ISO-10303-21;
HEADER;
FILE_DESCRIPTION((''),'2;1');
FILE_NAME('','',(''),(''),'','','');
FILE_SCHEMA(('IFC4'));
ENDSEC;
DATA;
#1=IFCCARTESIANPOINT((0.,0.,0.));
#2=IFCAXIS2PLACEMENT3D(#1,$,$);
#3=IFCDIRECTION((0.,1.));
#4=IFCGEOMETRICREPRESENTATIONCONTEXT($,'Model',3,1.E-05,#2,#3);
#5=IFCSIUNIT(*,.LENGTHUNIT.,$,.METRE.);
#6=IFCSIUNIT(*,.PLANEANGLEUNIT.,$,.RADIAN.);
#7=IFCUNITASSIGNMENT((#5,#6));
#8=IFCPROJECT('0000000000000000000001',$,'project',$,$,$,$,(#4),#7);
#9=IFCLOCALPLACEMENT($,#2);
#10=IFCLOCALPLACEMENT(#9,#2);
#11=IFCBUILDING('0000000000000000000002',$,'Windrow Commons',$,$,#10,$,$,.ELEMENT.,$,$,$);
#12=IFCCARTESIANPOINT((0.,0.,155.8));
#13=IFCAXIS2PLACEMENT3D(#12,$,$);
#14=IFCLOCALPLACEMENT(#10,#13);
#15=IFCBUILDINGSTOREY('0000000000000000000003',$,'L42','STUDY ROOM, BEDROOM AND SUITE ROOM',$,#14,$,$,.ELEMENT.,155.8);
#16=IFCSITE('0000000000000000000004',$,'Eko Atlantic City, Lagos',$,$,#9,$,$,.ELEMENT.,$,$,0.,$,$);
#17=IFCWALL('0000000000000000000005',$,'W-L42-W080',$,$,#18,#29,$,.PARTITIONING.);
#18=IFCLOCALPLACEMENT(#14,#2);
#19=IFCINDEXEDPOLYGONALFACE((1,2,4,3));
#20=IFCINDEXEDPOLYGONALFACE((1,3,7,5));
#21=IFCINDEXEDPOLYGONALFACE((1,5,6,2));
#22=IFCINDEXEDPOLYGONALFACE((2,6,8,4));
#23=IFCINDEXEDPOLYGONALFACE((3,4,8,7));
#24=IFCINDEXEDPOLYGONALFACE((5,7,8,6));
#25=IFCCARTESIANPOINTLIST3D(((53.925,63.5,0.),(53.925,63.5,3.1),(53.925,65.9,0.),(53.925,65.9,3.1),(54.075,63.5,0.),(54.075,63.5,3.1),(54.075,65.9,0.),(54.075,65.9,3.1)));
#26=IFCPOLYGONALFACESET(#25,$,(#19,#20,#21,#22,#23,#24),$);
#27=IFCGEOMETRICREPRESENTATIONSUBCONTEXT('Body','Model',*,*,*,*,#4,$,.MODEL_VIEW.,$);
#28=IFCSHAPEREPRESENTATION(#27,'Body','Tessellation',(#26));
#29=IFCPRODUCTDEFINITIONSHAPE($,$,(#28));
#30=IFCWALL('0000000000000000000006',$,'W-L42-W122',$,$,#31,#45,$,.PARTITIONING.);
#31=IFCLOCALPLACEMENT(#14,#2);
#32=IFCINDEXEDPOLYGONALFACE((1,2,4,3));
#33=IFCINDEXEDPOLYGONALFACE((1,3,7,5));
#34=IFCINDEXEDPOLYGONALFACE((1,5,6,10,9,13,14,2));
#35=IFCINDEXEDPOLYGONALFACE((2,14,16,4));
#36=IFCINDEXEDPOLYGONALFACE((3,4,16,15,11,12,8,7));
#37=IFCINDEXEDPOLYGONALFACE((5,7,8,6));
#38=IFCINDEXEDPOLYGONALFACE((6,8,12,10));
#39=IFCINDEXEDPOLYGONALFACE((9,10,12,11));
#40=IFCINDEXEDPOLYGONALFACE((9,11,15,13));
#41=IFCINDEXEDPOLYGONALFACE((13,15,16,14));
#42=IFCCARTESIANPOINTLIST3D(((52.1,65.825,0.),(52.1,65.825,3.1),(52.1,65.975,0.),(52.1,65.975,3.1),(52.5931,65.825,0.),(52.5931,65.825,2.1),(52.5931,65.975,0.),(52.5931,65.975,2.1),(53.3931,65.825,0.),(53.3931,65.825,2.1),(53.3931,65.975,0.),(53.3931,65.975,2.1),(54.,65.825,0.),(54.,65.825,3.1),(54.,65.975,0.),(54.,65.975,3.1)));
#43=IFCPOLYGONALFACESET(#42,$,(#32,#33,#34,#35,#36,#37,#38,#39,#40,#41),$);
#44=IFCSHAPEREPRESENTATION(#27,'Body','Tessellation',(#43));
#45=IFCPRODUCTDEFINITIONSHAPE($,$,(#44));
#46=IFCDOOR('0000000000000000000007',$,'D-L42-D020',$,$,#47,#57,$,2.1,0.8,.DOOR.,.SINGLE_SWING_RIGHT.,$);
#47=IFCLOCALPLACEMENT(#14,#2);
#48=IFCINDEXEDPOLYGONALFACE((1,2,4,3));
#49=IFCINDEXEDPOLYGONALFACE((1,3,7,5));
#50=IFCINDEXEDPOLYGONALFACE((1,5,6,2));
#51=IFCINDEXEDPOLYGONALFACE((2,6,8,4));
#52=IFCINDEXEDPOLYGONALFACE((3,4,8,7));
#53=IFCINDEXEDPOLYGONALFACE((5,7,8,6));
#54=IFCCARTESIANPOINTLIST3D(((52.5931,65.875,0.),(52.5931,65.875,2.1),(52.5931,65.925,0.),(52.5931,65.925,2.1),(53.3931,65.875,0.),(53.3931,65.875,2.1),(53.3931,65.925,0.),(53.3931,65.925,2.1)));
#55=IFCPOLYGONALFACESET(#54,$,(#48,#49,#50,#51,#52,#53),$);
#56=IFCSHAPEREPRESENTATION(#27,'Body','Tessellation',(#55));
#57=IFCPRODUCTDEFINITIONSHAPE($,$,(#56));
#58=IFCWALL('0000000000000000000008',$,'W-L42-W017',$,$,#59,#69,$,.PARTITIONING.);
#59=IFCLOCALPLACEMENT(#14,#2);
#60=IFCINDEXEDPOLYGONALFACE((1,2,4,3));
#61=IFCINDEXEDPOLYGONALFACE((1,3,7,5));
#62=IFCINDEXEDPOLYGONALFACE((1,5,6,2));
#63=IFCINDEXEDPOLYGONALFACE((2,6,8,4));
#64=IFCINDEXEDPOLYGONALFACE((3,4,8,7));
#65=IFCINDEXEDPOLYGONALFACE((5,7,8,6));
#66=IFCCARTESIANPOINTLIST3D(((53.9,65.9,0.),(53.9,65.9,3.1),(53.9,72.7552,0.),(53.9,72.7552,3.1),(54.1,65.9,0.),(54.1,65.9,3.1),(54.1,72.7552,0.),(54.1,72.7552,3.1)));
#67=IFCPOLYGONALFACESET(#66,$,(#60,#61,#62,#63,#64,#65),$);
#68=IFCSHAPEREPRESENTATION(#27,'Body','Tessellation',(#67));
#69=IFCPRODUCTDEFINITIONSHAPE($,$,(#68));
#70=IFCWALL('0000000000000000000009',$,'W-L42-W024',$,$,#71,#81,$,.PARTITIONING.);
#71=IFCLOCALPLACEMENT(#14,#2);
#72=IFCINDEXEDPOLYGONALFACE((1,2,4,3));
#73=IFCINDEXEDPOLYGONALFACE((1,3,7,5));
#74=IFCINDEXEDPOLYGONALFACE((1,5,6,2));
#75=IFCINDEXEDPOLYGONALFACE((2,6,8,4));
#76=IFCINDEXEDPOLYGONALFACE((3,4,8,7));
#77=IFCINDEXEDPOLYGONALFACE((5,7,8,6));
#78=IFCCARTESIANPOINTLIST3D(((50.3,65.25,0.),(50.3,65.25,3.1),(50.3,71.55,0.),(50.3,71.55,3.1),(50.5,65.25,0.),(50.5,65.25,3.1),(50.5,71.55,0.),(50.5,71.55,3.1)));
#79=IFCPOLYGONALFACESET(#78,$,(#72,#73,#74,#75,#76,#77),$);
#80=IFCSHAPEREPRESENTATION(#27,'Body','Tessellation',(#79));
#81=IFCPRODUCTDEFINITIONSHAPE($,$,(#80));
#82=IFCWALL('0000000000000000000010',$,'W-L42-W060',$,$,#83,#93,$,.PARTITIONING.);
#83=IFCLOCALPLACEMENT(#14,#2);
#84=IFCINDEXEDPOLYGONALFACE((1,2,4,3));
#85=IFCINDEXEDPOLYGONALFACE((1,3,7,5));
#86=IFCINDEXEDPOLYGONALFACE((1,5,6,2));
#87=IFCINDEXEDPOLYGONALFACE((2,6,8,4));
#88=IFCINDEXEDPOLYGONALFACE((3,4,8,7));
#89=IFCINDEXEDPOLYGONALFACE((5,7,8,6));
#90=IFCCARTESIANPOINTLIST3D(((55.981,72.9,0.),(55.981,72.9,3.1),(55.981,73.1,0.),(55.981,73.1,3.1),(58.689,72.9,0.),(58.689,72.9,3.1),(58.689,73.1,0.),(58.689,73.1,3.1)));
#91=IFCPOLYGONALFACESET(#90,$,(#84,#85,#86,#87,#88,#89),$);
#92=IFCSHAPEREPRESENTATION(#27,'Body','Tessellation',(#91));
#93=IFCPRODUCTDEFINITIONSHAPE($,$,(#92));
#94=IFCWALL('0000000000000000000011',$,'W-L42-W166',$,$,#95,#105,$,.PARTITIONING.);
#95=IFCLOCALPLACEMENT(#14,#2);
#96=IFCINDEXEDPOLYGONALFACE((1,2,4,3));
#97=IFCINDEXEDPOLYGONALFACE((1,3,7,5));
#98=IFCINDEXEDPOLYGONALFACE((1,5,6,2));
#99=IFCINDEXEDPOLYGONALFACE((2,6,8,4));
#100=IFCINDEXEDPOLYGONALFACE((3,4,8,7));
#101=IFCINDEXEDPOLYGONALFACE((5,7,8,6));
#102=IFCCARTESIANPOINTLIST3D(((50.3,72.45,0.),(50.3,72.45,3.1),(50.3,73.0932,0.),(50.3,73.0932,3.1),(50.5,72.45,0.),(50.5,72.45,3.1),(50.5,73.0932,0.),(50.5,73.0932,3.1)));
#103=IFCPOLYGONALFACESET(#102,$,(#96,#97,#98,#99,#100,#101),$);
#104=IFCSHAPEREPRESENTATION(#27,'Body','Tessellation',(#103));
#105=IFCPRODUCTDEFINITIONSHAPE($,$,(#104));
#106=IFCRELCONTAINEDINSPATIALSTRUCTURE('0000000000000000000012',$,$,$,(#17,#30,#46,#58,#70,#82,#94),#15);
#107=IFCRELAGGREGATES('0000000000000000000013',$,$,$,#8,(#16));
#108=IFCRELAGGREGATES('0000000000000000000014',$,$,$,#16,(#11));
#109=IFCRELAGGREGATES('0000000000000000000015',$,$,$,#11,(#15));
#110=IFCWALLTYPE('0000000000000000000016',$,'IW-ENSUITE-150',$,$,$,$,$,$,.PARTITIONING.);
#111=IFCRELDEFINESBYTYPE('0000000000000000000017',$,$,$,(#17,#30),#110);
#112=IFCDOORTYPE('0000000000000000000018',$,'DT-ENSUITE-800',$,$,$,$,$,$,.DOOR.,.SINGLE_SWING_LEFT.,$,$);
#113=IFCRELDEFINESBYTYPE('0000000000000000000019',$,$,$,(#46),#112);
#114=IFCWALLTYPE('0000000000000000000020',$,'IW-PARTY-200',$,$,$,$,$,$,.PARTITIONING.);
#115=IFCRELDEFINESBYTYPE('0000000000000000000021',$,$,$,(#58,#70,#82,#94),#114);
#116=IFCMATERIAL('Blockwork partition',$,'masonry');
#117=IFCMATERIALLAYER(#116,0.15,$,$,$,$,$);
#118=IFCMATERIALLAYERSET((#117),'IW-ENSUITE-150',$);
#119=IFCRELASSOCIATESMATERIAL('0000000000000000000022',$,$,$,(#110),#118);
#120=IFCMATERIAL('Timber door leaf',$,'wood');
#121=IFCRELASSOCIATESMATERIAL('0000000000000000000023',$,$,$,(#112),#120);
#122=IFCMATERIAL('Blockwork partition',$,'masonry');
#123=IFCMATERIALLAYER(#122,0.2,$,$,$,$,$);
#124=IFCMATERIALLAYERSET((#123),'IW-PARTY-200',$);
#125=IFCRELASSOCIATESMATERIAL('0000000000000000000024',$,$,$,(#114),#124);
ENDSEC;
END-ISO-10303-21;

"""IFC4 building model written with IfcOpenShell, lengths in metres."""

from ifc_helpers import new_model, si_unit, direction, frame, frame_2d, origin, place, context, subcontext, project, spatial, rectangle, extrude, material, layer, layer_set, type_object, element, fill, save


model = new_model("IFC4")

# Units and contexts
model_context = context("Model", 3, precision=1e-05, world=origin(), true_north=direction((0.0, 1.0)))
body_context = subcontext(model_context, "Body", "Model", "MODEL_VIEW")
ifc_project = project(units=[si_unit("LENGTHUNIT", "METRE"), si_unit("PLANEANGLEUNIT", "RADIAN")], contexts=[model_context])

# Site, building, storey
site_placement = place(None, origin())
site = spatial("IfcSite", under=ifc_project, at=site_placement, Name="Eko Atlantic City, Lagos", CompositionType="ELEMENT", RefElevation=0.0)
building_placement = place(site_placement, origin())
building = spatial("IfcBuilding", under=site, at=building_placement, Name="Windrow Commons", CompositionType="ELEMENT")
storey_placement = place(building_placement, frame((0.0, 0.0, 155.8)))
storey = spatial("IfcBuildingStorey", under=building, at=storey_placement, Name="L42", Description="STUDY ROOM, BEDROOM AND SUITE ROOM", CompositionType="ELEMENT", Elevation=155.8)

# Wall
ifc_material_1 = material(Name="Blockwork partition", Category="masonry")
ifc_layer_1 = layer(ifc_material_1, 0.15)
ifc_layer_set_1 = layer_set([ifc_layer_1], Name="IW-ENSUITE-150")
wall_type_1 = type_object("IfcWallType", Name="IW-ENSUITE-150", PredefinedType="PARTITIONING", material=ifc_layer_set_1)
for number, where, z_axis, x_axis, name in (
    (1, (54.0, 63.5, 0.0), (0.0, 0.0, 1.0), (0.0, 1.0, 0.0), "W-L42-W080"),
):
    element("IfcWall", number, at=place(storey_placement, frame(where, z_axis=z_axis, x_axis=x_axis)), inside=storey, type_object=wall_type_1, Name=name, PredefinedType="PARTITIONING", context=body_context, shape_type="SweptSolid", body=[
        extrude(rectangle(XDim=2.4, YDim=0.15, at=frame_2d((1.2, 0.0))), origin(), (0.0, 0.0, 1.0), 3.1),
    ])

# Wall, opening, door
wall_1_placement = place(storey_placement, frame((52.1, 65.9, 0.0), z_axis=(0.0, 0.0, 1.0), x_axis=(1.0, 0.0, 0.0)))
wall_1 = element("IfcWall", 2, at=wall_1_placement, inside=storey, type_object=wall_type_1, Name="W-L42-W122", PredefinedType="PARTITIONING", context=body_context, shape_type="SweptSolid", body=[
    extrude(rectangle(XDim=1.9, YDim=0.15, at=frame_2d((0.95, 0.0))), origin(), (0.0, 0.0, 1.0), 3.1),
])
opening_1_placement = place(wall_1_placement, frame((0.4931, 0.0, 0.0)))
opening_1 = element("IfcOpeningElement", 3, at=opening_1_placement, cuts=wall_1, PredefinedType="OPENING", context=body_context, shape_type="SweptSolid", body=[
    extrude(rectangle(XDim=0.8, YDim=2.1, at=frame_2d((0.4, 1.05))), frame((0.0, 0.085, 0.0), z_axis=(0.0, -1.0, 0.0), x_axis=(1.0, 0.0, 0.0)), (0.0, 0.0, 1.0), 0.17),
])
ifc_material_2 = material(Name="Timber door leaf", Category="wood")
door_type_1 = type_object("IfcDoorType", Name="DT-ENSUITE-800", OperationType="SINGLE_SWING_LEFT", PredefinedType="DOOR", material=ifc_material_2)
door_1_placement = place(opening_1_placement, origin())
door_1 = element("IfcDoor", 4, at=door_1_placement, inside=storey, type_object=door_type_1, Name="D-L42-D020", OperationType="SINGLE_SWING_RIGHT", OverallHeight=2.1, OverallWidth=0.8, PredefinedType="DOOR", context=body_context, shape_type="SweptSolid", body=[
    extrude(rectangle(XDim=0.8, YDim=2.1, at=frame_2d((0.4, 1.05))), frame((0.0, 0.025, 0.0), z_axis=(0.0, -1.0, 0.0), x_axis=(1.0, 0.0, 0.0)), (0.0, 0.0, 1.0), 0.05),
])
fill(opening_1, door_1)

# Walls
ifc_material_3 = material(Name="Blockwork partition", Category="masonry")
ifc_layer_2 = layer(ifc_material_3, 0.2)
ifc_layer_set_2 = layer_set([ifc_layer_2], Name="IW-PARTY-200")
wall_type_2 = type_object("IfcWallType", Name="IW-PARTY-200", PredefinedType="PARTITIONING", material=ifc_layer_set_2)
wall_2_placement = place(storey_placement, frame((54.0, 65.9, 0.0), z_axis=(0.0, 0.0, 1.0), x_axis=(0.0, 1.0, 0.0)))
element("IfcWall", 5, at=wall_2_placement, inside=storey, type_object=wall_type_2, Name="W-L42-W017", PredefinedType="PARTITIONING", context=body_context, shape_type="SweptSolid", body=[
    extrude(rectangle(XDim=6.8552, YDim=0.2, at=frame_2d((3.4276, 0.0))), origin(), (0.0, 0.0, 1.0), 3.1),
])
wall_3_placement = place(storey_placement, frame((50.4, 65.25, 0.0), z_axis=(0.0, 0.0, 1.0), x_axis=(0.0, 1.0, 0.0)))
element("IfcWall", 6, at=wall_3_placement, inside=storey, type_object=wall_type_2, Name="W-L42-W024", PredefinedType="PARTITIONING", context=body_context, shape_type="SweptSolid", body=[
    extrude(rectangle(XDim=6.3, YDim=0.2, at=frame_2d((3.15, 0.0))), origin(), (0.0, 0.0, 1.0), 3.1),
])
wall_4_placement = place(storey_placement, frame((55.9811, 73.0, 0.0), z_axis=(0.0, 0.0, 1.0), x_axis=(1.0, 0.0, 0.0)))
element("IfcWall", 7, at=wall_4_placement, inside=storey, type_object=wall_type_2, Name="W-L42-W060", PredefinedType="PARTITIONING", context=body_context, shape_type="SweptSolid", body=[
    extrude(rectangle(XDim=2.7079, YDim=0.2, at=frame_2d((1.3539, 0.0))), origin(), (0.0, 0.0, 1.0), 3.1),
])
wall_5_placement = place(storey_placement, frame((50.4, 72.45, 0.0), z_axis=(0.0, 0.0, 1.0), x_axis=(0.0, 1.0, 0.0)))
element("IfcWall", 8, at=wall_5_placement, inside=storey, type_object=wall_type_2, Name="W-L42-W166", PredefinedType="PARTITIONING", context=body_context, shape_type="SweptSolid", body=[
    extrude(rectangle(XDim=0.6433, YDim=0.2, at=frame_2d((0.3216, 0.0))), origin(), (0.0, 0.0, 1.0), 3.1),
])

save(model, "model.ifc")
